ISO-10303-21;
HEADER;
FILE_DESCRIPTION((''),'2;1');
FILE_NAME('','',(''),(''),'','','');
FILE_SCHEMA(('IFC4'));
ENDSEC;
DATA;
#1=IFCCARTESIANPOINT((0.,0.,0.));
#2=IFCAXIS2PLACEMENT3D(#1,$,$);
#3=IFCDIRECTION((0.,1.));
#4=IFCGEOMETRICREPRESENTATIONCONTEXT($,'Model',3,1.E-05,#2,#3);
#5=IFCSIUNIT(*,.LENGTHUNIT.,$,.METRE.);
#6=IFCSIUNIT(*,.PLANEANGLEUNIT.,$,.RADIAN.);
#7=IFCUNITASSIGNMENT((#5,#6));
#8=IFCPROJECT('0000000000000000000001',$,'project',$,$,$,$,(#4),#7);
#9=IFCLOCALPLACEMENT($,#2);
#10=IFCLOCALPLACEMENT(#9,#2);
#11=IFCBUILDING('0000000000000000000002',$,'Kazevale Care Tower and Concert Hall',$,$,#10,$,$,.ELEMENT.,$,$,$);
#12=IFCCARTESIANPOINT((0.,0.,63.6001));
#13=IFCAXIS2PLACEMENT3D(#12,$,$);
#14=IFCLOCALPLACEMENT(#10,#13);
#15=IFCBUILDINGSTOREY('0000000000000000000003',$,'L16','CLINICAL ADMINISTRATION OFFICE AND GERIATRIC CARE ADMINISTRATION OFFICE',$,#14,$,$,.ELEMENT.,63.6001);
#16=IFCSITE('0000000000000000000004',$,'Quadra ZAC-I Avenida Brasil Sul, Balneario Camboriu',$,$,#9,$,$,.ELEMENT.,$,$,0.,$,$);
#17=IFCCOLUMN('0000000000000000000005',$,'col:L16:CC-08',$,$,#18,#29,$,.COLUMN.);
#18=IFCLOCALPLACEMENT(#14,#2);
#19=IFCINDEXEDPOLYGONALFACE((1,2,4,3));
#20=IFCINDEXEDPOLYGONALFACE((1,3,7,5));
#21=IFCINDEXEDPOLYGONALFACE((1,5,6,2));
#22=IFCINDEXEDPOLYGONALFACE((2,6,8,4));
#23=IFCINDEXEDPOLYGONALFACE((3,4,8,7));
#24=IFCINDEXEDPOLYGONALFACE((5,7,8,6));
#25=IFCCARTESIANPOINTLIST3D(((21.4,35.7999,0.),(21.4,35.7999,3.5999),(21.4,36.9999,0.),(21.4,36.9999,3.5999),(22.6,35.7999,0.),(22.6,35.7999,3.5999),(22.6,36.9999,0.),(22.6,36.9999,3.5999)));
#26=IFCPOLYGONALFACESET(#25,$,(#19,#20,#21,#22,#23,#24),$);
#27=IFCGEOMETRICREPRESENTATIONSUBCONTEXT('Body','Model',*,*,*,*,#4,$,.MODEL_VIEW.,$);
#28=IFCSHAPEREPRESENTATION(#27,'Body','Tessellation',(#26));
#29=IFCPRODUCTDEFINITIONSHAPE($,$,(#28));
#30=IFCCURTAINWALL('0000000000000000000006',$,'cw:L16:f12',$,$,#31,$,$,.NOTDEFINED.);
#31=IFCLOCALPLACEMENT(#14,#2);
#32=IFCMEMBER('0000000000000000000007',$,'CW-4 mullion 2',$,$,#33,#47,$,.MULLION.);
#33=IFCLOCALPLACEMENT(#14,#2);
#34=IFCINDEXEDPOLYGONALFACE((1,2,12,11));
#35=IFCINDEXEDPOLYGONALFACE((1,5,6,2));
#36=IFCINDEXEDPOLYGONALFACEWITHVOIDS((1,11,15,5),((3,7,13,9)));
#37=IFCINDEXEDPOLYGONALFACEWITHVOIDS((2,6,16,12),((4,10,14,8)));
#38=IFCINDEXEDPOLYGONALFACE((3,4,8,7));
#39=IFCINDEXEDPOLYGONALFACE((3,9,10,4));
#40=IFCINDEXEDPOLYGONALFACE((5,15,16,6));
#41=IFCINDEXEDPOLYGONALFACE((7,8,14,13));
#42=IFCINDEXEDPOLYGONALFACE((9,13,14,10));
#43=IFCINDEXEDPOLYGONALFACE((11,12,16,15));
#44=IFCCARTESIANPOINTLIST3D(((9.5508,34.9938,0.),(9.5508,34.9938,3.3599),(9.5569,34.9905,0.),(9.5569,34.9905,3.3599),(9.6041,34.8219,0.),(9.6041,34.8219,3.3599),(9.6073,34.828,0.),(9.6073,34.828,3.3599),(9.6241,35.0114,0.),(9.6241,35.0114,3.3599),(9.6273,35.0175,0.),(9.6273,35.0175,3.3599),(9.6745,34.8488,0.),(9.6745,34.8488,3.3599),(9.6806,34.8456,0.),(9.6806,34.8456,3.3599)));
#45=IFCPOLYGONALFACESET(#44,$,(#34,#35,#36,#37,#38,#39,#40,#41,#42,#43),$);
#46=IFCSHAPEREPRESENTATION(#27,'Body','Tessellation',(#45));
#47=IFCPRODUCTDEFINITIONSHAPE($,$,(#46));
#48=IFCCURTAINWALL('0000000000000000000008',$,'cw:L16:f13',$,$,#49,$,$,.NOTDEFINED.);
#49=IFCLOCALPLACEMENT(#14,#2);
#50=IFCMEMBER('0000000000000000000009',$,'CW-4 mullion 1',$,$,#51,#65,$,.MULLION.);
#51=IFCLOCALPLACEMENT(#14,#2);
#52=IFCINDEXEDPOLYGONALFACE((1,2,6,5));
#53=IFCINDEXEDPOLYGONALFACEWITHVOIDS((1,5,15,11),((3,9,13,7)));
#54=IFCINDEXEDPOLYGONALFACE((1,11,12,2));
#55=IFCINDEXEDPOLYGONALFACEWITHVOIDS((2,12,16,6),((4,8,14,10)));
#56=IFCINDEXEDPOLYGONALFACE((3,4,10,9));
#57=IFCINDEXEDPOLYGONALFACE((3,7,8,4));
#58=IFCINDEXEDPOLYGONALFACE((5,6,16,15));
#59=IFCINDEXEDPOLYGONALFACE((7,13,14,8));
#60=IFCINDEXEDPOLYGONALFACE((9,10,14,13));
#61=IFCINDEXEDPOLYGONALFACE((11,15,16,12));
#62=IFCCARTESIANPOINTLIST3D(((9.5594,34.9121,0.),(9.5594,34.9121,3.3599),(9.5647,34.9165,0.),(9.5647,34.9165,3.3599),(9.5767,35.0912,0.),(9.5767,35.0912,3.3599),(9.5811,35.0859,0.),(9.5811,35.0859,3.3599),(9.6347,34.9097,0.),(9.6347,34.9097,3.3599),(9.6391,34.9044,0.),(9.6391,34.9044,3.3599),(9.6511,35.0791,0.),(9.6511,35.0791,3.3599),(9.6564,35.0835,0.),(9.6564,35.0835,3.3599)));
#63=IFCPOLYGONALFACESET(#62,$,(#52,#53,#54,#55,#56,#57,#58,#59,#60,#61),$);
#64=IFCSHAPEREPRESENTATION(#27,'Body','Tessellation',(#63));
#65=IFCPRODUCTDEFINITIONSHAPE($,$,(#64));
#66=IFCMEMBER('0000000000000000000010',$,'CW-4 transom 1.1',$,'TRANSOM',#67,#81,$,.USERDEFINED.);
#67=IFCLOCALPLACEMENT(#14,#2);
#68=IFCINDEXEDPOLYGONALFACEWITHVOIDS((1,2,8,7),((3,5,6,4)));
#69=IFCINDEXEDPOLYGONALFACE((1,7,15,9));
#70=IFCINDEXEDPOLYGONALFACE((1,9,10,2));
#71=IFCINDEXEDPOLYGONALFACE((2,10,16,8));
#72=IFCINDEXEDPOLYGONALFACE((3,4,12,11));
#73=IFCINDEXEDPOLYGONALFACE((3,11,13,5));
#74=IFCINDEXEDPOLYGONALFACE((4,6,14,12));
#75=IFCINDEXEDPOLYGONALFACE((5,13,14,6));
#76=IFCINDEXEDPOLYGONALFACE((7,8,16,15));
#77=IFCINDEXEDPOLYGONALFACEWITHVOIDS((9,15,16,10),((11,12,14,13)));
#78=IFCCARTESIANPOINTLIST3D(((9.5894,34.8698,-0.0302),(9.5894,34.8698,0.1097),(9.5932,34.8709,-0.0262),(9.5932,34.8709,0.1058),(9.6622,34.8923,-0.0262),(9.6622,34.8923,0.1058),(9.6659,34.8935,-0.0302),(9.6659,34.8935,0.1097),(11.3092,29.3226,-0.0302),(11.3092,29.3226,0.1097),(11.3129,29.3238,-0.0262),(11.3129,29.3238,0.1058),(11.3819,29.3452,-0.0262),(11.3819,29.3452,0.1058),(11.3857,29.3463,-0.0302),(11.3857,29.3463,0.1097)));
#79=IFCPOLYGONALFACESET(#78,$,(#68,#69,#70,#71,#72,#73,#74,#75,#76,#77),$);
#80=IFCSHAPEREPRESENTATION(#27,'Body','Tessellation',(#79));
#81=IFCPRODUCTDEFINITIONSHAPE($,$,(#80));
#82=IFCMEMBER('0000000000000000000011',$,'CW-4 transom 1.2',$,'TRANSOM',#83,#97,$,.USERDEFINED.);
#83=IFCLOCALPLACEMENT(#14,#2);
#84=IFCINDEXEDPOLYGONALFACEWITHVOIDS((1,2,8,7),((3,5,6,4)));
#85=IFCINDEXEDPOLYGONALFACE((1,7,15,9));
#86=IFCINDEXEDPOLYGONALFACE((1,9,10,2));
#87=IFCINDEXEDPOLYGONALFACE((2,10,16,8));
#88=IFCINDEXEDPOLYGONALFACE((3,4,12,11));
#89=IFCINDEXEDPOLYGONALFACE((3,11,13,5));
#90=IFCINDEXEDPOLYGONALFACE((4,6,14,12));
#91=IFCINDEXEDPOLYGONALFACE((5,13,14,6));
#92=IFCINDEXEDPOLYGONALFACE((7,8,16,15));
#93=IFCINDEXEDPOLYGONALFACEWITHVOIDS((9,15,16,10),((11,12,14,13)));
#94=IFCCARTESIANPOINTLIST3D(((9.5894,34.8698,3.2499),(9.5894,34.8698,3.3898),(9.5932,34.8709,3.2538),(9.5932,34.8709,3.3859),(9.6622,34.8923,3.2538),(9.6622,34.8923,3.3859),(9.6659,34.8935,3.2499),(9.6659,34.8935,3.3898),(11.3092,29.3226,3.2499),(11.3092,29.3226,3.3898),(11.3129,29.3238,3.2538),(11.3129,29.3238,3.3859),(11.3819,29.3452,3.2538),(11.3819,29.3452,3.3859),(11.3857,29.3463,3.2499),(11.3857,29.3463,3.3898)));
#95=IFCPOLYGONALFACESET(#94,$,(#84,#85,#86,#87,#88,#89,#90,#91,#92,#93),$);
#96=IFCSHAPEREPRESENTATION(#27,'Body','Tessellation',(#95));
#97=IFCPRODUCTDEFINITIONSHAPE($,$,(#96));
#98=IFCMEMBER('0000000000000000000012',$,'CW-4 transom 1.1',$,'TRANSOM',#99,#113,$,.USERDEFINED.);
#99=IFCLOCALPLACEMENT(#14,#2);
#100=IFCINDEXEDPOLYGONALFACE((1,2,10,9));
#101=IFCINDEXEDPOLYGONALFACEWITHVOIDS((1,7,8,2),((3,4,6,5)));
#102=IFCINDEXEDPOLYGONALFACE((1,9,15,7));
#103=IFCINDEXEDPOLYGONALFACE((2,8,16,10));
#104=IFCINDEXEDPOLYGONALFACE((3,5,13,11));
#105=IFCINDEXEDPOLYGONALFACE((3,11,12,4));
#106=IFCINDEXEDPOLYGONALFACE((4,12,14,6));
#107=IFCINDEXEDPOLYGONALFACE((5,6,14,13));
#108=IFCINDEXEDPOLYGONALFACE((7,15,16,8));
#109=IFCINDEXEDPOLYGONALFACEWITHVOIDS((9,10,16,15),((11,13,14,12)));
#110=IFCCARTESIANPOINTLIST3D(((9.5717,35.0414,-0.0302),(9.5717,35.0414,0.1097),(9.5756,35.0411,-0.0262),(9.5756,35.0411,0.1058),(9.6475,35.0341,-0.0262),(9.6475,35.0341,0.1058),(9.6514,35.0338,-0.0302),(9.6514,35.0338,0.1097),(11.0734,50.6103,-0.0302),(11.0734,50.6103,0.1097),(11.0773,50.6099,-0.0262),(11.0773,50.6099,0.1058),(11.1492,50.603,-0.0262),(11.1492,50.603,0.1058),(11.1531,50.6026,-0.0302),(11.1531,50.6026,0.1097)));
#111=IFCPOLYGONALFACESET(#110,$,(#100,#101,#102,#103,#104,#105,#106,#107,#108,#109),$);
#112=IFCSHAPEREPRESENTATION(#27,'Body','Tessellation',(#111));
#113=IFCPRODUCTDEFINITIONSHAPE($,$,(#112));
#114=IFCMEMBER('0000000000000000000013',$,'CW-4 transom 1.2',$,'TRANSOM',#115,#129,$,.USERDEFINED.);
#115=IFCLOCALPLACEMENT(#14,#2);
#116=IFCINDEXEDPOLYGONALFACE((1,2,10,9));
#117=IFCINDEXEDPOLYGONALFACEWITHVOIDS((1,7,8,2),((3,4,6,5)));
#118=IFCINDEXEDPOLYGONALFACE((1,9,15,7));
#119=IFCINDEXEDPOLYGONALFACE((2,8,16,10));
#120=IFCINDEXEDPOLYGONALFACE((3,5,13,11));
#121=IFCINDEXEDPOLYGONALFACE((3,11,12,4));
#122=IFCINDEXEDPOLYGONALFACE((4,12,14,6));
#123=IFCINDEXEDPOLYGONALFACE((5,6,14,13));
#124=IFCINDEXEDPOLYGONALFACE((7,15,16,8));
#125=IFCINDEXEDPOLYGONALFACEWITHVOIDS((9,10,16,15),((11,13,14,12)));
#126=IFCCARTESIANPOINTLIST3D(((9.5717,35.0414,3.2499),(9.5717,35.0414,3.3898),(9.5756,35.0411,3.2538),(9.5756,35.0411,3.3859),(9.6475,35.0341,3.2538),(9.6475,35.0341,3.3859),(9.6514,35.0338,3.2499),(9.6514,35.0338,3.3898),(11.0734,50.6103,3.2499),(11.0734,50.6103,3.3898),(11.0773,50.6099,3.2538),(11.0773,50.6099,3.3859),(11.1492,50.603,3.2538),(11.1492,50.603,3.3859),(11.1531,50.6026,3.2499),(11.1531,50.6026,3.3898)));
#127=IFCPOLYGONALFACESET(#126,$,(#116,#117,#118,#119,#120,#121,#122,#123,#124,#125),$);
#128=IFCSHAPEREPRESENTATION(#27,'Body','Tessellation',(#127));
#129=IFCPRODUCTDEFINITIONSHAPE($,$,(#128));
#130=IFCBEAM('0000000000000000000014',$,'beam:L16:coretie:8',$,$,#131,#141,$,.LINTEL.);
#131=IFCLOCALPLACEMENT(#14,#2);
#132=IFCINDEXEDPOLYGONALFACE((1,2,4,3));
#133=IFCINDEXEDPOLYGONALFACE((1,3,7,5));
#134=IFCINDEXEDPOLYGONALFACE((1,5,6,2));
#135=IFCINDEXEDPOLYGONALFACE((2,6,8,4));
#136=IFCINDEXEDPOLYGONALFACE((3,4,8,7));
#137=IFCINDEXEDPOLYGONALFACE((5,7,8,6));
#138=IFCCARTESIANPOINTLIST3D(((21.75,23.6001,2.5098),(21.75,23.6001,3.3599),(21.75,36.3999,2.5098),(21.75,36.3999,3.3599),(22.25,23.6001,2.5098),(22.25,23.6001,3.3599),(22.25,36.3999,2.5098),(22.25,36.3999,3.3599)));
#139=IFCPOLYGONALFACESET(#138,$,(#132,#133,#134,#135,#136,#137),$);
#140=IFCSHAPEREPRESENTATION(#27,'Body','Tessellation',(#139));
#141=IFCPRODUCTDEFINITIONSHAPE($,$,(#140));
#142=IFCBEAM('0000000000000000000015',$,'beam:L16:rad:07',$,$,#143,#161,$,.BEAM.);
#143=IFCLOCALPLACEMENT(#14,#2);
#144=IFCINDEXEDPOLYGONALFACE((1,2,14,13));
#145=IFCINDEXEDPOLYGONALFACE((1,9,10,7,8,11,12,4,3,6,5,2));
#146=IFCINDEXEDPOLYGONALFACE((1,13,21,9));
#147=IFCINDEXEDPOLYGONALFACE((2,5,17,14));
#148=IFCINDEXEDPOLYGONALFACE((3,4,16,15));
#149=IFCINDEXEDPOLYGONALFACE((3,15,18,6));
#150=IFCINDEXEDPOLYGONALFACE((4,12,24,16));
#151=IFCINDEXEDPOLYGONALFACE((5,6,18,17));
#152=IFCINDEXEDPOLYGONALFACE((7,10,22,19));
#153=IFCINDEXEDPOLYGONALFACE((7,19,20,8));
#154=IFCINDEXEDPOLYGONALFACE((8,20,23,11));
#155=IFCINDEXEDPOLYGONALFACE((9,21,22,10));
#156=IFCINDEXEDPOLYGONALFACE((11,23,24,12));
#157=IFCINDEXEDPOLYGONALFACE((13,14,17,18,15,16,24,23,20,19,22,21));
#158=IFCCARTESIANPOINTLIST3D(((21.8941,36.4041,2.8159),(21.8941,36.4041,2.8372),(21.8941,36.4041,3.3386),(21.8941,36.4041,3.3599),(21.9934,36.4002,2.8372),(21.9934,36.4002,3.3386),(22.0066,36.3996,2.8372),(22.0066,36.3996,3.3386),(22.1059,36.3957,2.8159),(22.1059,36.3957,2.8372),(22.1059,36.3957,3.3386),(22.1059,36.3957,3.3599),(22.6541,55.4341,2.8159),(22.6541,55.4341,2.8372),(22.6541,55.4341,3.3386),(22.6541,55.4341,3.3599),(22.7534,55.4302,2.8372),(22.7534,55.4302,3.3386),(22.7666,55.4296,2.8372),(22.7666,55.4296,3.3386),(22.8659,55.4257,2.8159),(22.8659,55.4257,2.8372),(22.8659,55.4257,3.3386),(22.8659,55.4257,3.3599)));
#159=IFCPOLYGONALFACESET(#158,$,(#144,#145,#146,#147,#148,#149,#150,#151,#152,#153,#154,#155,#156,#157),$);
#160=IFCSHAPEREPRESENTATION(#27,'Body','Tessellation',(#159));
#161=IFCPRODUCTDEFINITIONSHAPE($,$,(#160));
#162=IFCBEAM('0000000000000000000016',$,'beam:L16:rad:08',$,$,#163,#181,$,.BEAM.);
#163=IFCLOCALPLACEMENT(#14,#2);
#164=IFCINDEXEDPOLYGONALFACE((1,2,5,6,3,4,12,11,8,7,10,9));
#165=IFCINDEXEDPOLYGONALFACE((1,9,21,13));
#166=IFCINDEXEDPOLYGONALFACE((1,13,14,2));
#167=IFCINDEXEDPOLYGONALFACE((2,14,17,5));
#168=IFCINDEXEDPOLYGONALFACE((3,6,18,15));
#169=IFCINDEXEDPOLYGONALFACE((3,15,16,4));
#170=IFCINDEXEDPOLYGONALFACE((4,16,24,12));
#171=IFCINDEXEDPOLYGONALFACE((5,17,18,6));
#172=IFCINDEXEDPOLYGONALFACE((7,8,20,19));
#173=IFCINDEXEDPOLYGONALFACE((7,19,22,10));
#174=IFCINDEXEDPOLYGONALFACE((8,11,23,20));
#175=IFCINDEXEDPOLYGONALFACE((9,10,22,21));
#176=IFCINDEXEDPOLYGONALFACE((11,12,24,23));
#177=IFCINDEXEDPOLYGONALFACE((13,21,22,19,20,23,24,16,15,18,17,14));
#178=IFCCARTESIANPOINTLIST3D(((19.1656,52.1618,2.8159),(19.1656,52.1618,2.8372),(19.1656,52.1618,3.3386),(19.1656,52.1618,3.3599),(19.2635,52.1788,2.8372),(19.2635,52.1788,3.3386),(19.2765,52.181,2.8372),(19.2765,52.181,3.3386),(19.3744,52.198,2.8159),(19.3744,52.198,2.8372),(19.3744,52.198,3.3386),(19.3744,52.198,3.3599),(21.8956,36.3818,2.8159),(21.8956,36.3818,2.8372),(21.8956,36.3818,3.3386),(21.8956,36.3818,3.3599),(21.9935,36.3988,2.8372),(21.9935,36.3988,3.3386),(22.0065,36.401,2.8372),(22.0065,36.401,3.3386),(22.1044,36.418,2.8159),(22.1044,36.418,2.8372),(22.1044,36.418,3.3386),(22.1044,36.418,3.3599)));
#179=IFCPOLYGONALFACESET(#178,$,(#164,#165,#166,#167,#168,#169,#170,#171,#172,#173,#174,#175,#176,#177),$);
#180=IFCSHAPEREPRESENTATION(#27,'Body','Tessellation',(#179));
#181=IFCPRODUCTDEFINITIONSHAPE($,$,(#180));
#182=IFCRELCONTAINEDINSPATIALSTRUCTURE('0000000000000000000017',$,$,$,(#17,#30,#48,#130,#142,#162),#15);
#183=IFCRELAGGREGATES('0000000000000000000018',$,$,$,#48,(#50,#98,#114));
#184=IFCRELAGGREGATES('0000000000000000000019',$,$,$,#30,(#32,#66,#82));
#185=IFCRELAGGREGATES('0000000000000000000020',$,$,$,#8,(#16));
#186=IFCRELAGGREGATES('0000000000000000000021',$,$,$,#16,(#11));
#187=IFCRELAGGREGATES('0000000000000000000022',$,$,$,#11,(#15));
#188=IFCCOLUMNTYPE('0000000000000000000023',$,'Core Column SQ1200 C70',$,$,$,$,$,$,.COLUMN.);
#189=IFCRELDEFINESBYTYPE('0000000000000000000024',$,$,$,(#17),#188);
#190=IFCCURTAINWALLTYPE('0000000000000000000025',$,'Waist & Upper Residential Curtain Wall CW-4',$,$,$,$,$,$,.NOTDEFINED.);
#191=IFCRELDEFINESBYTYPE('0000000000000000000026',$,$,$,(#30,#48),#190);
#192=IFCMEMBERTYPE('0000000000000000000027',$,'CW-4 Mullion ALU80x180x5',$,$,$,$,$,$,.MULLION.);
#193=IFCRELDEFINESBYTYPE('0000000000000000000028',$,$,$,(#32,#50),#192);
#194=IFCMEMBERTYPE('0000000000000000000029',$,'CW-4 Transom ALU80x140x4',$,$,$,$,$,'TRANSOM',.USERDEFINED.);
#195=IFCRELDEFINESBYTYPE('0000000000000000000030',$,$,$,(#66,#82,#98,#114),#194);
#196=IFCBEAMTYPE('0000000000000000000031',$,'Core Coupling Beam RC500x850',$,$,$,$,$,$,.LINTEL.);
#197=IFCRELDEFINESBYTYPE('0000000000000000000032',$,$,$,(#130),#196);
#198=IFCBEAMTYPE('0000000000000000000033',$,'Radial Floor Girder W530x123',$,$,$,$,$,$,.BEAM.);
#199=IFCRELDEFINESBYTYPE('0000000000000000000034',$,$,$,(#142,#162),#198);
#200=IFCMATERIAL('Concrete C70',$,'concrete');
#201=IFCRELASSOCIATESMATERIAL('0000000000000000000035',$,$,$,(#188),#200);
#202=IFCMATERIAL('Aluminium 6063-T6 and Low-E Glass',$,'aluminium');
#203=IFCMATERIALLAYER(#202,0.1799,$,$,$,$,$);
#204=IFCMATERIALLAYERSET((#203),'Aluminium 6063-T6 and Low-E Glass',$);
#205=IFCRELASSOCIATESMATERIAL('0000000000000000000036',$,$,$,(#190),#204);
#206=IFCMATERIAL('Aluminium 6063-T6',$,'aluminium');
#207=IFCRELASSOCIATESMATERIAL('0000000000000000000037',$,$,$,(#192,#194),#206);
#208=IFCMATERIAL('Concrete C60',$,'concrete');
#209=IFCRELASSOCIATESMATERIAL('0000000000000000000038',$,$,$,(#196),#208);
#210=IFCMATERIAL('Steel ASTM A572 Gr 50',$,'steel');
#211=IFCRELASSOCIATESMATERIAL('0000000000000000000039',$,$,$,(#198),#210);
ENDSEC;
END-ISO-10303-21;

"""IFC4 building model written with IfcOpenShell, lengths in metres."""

from ifc_helpers import new_model, si_unit, direction, frame, origin, origin_2d, place, context, subcontext, project, spatial, rectangle, hollow_rectangle, i_section, extrude, material, layer, layer_set, material_profile, profile_set, type_object, element, aggregate, save


model = new_model("IFC4")

# Units and contexts
model_context = context("Model", 3, precision=1e-05, world=origin(), true_north=direction((0.0, 1.0)))
body_context = subcontext(model_context, "Body", "Model", "MODEL_VIEW")
ifc_project = project(units=[si_unit("LENGTHUNIT", "METRE"), si_unit("PLANEANGLEUNIT", "RADIAN")], contexts=[model_context])

# Site, building, storey
site_placement = place(None, origin())
site = spatial("IfcSite", under=ifc_project, at=site_placement, Name="Quadra ZAC-I Avenida Brasil Sul, Balneario Camboriu", CompositionType="ELEMENT", RefElevation=0.0)
building_placement = place(site_placement, origin())
building = spatial("IfcBuilding", under=site, at=building_placement, Name="Kazevale Care Tower and Concert Hall", CompositionType="ELEMENT")
storey_placement = place(building_placement, frame((0.0, 0.0, 63.6001)))
storey = spatial("IfcBuildingStorey", under=building, at=storey_placement, Name="L16", Description="CLINICAL ADMINISTRATION OFFICE AND GERIATRIC CARE ADMINISTRATION OFFICE", CompositionType="ELEMENT", Elevation=63.6001)

# Column
ifc_material_1 = material(Name="Concrete C70", Category="concrete")
ifc_material_profile_1 = material_profile(ifc_material_1, rectangle(XDim=1.2, YDim=1.2, at=origin_2d()), Name="RC-SQ1200")
ifc_profile_set_1 = profile_set([ifc_material_profile_1], Name="Concrete C70")
column_type = type_object("IfcColumnType", Name="Core Column SQ1200 C70", PredefinedType="COLUMN", material=ifc_profile_set_1)
column_placement = place(storey_placement, frame((22.0, 36.3999, 0.0), z_axis=(0.0, 0.0, 1.0), x_axis=(1.0, 0.0, 0.0)))
element("IfcColumn", 1, at=column_placement, inside=storey, type_object=column_type, Name="col:L16:CC-08", PredefinedType="COLUMN", context=body_context, shape_type="SweptSolid", body=[
    extrude(rectangle(XDim=1.2, YDim=1.2, at=origin_2d()), origin(), (0.0, 0.0, 1.0), 3.5999),
])

# Curtain walls, members
ifc_material_2 = material(Name="Aluminium 6063-T6 and Low-E Glass", Category="aluminium")
ifc_layer_1 = layer(ifc_material_2, 0.1799)
ifc_layer_set_1 = layer_set([ifc_layer_1], Name="Aluminium 6063-T6 and Low-E Glass")
curtain_wall_type = type_object("IfcCurtainWallType", Name="Waist & Upper Residential Curtain Wall CW-4", PredefinedType="NOTDEFINED", material=ifc_layer_set_1)
curtain_wall_1_placement = place(storey_placement, origin())
curtain_wall_1 = element("IfcCurtainWall", 2, at=curtain_wall_1_placement, inside=storey, type_object=curtain_wall_type, Name="cw:L16:f12", PredefinedType="NOTDEFINED")
ifc_material_3 = material(Name="Aluminium 6063-T6", Category="aluminium")
ifc_material_profile_2 = material_profile(ifc_material_3, hollow_rectangle(XDim=0.0801, YDim=0.1799, WallThickness=0.0049, at=origin_2d()), Name="ALU80x180x5")
ifc_profile_set_2 = profile_set([ifc_material_profile_2], Name="Aluminium 6063-T6")
member_type_1 = type_object("IfcMemberType", Name="CW-4 Mullion ALU80x180x5", PredefinedType="MULLION", material=ifc_profile_set_2)
member_1_placement = place(storey_placement, frame((9.6157, 34.9197, 0.0), z_axis=(0.0, 0.0, 1.0), x_axis=(-0.955157, -0.296099, 0.0)))
member_1 = element("IfcMember", 3, at=member_1_placement, type_object=member_type_1, Name="CW-4 mullion 2", PredefinedType="MULLION", context=body_context, shape_type="SweptSolid", body=[
    extrude(hollow_rectangle(XDim=0.0801, YDim=0.1799, WallThickness=0.0049, at=origin_2d()), origin(), (0.0, 0.0, 1.0), 3.3599),
])
curtain_wall_2_placement = place(storey_placement, origin())
curtain_wall_2 = element("IfcCurtainWall", 4, at=curtain_wall_2_placement, inside=storey, type_object=curtain_wall_type, Name="cw:L16:f13", PredefinedType="NOTDEFINED")
member_2_placement = place(storey_placement, frame((9.6079, 34.9978, 0.0), z_axis=(0.0, 0.0, 1.0), x_axis=(-0.995381, 0.096007, 0.0)))
member_2 = element("IfcMember", 5, at=member_2_placement, type_object=member_type_1, Name="CW-4 mullion 1", PredefinedType="MULLION", context=body_context, shape_type="SweptSolid", body=[
    extrude(hollow_rectangle(XDim=0.0801, YDim=0.1799, WallThickness=0.0049, at=origin_2d()), origin(), (0.0, 0.0, 1.0), 3.3599),
])

# Members
ifc_material_profile_3 = material_profile(ifc_material_3, hollow_rectangle(XDim=0.0801, YDim=0.1399, WallThickness=0.0039, at=origin_2d()), Name="ALU80x140x4")
ifc_profile_set_3 = profile_set([ifc_material_profile_3], Name="Aluminium 6063-T6")
member_type_2 = type_object("IfcMemberType", Name="CW-4 Transom ALU80x140x4", ElementType="TRANSOM", PredefinedType="USERDEFINED", material=ifc_profile_set_3)
member_3_placement = place(storey_placement, frame((11.3474, 29.3345, 0.0398), z_axis=(-0.296118, 0.955152, 0.0), x_axis=(-0.955152, -0.296118, 0.0)))
member_3 = element("IfcMember", 6, at=member_3_placement, type_object=member_type_2, Name="CW-4 transom 1.1", ObjectType="TRANSOM", PredefinedType="USERDEFINED", context=body_context, shape_type="SweptSolid", body=[
    extrude(hollow_rectangle(XDim=0.0801, YDim=0.1399, WallThickness=0.0039, at=origin_2d()), origin(), (0.0, 0.0, 1.0), 5.8076),
])
member_4_placement = place(storey_placement, frame((11.3474, 29.3345, 3.3198), z_axis=(-0.296118, 0.955152, 0.0), x_axis=(-0.955152, -0.296118, 0.0)))
member_4 = element("IfcMember", 7, at=member_4_placement, type_object=member_type_2, Name="CW-4 transom 1.2", ObjectType="TRANSOM", PredefinedType="USERDEFINED", context=body_context, shape_type="SweptSolid", body=[
    extrude(hollow_rectangle(XDim=0.0801, YDim=0.1399, WallThickness=0.0039, at=origin_2d()), origin(), (0.0, 0.0, 1.0), 5.8076),
])
member_5_placement = place(storey_placement, frame((9.6116, 35.0376, 0.0398), z_axis=(0.09601, 0.99538, 0.0), x_axis=(-0.99538, 0.09601, 0.0)))
member_5 = element("IfcMember", 8, at=member_5_placement, type_object=member_type_2, Name="CW-4 transom 1.1", ObjectType="TRANSOM", PredefinedType="USERDEFINED", context=body_context, shape_type="SweptSolid", body=[
    extrude(hollow_rectangle(XDim=0.0801, YDim=0.1399, WallThickness=0.0039, at=origin_2d()), origin(), (0.0, 0.0, 1.0), 15.6411),
])
member_6_placement = place(storey_placement, frame((9.6116, 35.0376, 3.3198), z_axis=(0.09601, 0.99538, 0.0), x_axis=(-0.99538, 0.09601, 0.0)))
member_6 = element("IfcMember", 9, at=member_6_placement, type_object=member_type_2, Name="CW-4 transom 1.2", ObjectType="TRANSOM", PredefinedType="USERDEFINED", context=body_context, shape_type="SweptSolid", body=[
    extrude(hollow_rectangle(XDim=0.0801, YDim=0.1399, WallThickness=0.0039, at=origin_2d()), origin(), (0.0, 0.0, 1.0), 15.6411),
])
aggregate(curtain_wall_2, [member_2, member_5, member_6])

# Beams
ifc_material_4 = material(Name="Concrete C60", Category="concrete")
ifc_material_profile_4 = material_profile(ifc_material_4, rectangle(XDim=0.5, YDim=0.8501, at=origin_2d()), Name="RC-B500x850")
ifc_profile_set_4 = profile_set([ifc_material_profile_4], Name="Concrete C60")
beam_type_1 = type_object("IfcBeamType", Name="Core Coupling Beam RC500x850", PredefinedType="LINTEL", material=ifc_profile_set_4)
beam_1_placement = place(storey_placement, frame((22.0, 36.3999, 2.9348), z_axis=(0.0, -1.0, 0.0), x_axis=(1.0, 0.0, 0.0)))
element("IfcBeam", 10, at=beam_1_placement, inside=storey, type_object=beam_type_1, Name="beam:L16:coretie:8", PredefinedType="LINTEL", context=body_context, shape_type="SweptSolid", body=[
    extrude(rectangle(XDim=0.5, YDim=0.8501, at=origin_2d()), origin(), (0.0, 0.0, 1.0), 12.7998),
])
ifc_material_5 = material(Name="Steel ASTM A572 Gr 50", Category="steel")
ifc_material_profile_5 = material_profile(ifc_material_5, i_section(OverallWidth=0.2119, OverallDepth=0.5439, WebThickness=0.0132, FlangeThickness=0.0212, at=origin_2d()), Name="W530x123")
ifc_profile_set_5 = profile_set([ifc_material_profile_5], Name="Steel ASTM A572 Gr 50")
beam_type_2 = type_object("IfcBeamType", Name="Radial Floor Girder W530x123", PredefinedType="BEAM", material=ifc_profile_set_5)
beam_2_placement = place(storey_placement, frame((22.0, 36.3999, 3.0879), z_axis=(0.039906, 0.999203, 0.0), x_axis=(-0.999203, 0.039906, 0.0)))
element("IfcBeam", 11, at=beam_2_placement, inside=storey, type_object=beam_type_2, Name="beam:L16:rad:07", PredefinedType="BEAM", context=body_context, shape_type="SweptSolid", body=[
    extrude(i_section(OverallWidth=0.2119, OverallDepth=0.5439, WebThickness=0.0132, FlangeThickness=0.0212, at=origin_2d()), origin(), (0.0, 0.0, 1.0), 19.0452),
])
beam_3_placement = place(storey_placement, frame((22.0, 36.3999, 3.0879), z_axis=(-0.17047, 0.985363, 0.0), x_axis=(-0.985363, -0.17047, 0.0)))
element("IfcBeam", 12, at=beam_3_placement, inside=storey, type_object=beam_type_2, Name="beam:L16:rad:08", PredefinedType="BEAM", context=body_context, shape_type="SweptSolid", body=[
    extrude(i_section(OverallWidth=0.2119, OverallDepth=0.5439, WebThickness=0.0132, FlangeThickness=0.0212, at=origin_2d()), origin(), (0.0, 0.0, 1.0), 16.0144),
])

aggregate(curtain_wall_1, [member_1, member_3, member_4])

save(model, "model.ifc")
